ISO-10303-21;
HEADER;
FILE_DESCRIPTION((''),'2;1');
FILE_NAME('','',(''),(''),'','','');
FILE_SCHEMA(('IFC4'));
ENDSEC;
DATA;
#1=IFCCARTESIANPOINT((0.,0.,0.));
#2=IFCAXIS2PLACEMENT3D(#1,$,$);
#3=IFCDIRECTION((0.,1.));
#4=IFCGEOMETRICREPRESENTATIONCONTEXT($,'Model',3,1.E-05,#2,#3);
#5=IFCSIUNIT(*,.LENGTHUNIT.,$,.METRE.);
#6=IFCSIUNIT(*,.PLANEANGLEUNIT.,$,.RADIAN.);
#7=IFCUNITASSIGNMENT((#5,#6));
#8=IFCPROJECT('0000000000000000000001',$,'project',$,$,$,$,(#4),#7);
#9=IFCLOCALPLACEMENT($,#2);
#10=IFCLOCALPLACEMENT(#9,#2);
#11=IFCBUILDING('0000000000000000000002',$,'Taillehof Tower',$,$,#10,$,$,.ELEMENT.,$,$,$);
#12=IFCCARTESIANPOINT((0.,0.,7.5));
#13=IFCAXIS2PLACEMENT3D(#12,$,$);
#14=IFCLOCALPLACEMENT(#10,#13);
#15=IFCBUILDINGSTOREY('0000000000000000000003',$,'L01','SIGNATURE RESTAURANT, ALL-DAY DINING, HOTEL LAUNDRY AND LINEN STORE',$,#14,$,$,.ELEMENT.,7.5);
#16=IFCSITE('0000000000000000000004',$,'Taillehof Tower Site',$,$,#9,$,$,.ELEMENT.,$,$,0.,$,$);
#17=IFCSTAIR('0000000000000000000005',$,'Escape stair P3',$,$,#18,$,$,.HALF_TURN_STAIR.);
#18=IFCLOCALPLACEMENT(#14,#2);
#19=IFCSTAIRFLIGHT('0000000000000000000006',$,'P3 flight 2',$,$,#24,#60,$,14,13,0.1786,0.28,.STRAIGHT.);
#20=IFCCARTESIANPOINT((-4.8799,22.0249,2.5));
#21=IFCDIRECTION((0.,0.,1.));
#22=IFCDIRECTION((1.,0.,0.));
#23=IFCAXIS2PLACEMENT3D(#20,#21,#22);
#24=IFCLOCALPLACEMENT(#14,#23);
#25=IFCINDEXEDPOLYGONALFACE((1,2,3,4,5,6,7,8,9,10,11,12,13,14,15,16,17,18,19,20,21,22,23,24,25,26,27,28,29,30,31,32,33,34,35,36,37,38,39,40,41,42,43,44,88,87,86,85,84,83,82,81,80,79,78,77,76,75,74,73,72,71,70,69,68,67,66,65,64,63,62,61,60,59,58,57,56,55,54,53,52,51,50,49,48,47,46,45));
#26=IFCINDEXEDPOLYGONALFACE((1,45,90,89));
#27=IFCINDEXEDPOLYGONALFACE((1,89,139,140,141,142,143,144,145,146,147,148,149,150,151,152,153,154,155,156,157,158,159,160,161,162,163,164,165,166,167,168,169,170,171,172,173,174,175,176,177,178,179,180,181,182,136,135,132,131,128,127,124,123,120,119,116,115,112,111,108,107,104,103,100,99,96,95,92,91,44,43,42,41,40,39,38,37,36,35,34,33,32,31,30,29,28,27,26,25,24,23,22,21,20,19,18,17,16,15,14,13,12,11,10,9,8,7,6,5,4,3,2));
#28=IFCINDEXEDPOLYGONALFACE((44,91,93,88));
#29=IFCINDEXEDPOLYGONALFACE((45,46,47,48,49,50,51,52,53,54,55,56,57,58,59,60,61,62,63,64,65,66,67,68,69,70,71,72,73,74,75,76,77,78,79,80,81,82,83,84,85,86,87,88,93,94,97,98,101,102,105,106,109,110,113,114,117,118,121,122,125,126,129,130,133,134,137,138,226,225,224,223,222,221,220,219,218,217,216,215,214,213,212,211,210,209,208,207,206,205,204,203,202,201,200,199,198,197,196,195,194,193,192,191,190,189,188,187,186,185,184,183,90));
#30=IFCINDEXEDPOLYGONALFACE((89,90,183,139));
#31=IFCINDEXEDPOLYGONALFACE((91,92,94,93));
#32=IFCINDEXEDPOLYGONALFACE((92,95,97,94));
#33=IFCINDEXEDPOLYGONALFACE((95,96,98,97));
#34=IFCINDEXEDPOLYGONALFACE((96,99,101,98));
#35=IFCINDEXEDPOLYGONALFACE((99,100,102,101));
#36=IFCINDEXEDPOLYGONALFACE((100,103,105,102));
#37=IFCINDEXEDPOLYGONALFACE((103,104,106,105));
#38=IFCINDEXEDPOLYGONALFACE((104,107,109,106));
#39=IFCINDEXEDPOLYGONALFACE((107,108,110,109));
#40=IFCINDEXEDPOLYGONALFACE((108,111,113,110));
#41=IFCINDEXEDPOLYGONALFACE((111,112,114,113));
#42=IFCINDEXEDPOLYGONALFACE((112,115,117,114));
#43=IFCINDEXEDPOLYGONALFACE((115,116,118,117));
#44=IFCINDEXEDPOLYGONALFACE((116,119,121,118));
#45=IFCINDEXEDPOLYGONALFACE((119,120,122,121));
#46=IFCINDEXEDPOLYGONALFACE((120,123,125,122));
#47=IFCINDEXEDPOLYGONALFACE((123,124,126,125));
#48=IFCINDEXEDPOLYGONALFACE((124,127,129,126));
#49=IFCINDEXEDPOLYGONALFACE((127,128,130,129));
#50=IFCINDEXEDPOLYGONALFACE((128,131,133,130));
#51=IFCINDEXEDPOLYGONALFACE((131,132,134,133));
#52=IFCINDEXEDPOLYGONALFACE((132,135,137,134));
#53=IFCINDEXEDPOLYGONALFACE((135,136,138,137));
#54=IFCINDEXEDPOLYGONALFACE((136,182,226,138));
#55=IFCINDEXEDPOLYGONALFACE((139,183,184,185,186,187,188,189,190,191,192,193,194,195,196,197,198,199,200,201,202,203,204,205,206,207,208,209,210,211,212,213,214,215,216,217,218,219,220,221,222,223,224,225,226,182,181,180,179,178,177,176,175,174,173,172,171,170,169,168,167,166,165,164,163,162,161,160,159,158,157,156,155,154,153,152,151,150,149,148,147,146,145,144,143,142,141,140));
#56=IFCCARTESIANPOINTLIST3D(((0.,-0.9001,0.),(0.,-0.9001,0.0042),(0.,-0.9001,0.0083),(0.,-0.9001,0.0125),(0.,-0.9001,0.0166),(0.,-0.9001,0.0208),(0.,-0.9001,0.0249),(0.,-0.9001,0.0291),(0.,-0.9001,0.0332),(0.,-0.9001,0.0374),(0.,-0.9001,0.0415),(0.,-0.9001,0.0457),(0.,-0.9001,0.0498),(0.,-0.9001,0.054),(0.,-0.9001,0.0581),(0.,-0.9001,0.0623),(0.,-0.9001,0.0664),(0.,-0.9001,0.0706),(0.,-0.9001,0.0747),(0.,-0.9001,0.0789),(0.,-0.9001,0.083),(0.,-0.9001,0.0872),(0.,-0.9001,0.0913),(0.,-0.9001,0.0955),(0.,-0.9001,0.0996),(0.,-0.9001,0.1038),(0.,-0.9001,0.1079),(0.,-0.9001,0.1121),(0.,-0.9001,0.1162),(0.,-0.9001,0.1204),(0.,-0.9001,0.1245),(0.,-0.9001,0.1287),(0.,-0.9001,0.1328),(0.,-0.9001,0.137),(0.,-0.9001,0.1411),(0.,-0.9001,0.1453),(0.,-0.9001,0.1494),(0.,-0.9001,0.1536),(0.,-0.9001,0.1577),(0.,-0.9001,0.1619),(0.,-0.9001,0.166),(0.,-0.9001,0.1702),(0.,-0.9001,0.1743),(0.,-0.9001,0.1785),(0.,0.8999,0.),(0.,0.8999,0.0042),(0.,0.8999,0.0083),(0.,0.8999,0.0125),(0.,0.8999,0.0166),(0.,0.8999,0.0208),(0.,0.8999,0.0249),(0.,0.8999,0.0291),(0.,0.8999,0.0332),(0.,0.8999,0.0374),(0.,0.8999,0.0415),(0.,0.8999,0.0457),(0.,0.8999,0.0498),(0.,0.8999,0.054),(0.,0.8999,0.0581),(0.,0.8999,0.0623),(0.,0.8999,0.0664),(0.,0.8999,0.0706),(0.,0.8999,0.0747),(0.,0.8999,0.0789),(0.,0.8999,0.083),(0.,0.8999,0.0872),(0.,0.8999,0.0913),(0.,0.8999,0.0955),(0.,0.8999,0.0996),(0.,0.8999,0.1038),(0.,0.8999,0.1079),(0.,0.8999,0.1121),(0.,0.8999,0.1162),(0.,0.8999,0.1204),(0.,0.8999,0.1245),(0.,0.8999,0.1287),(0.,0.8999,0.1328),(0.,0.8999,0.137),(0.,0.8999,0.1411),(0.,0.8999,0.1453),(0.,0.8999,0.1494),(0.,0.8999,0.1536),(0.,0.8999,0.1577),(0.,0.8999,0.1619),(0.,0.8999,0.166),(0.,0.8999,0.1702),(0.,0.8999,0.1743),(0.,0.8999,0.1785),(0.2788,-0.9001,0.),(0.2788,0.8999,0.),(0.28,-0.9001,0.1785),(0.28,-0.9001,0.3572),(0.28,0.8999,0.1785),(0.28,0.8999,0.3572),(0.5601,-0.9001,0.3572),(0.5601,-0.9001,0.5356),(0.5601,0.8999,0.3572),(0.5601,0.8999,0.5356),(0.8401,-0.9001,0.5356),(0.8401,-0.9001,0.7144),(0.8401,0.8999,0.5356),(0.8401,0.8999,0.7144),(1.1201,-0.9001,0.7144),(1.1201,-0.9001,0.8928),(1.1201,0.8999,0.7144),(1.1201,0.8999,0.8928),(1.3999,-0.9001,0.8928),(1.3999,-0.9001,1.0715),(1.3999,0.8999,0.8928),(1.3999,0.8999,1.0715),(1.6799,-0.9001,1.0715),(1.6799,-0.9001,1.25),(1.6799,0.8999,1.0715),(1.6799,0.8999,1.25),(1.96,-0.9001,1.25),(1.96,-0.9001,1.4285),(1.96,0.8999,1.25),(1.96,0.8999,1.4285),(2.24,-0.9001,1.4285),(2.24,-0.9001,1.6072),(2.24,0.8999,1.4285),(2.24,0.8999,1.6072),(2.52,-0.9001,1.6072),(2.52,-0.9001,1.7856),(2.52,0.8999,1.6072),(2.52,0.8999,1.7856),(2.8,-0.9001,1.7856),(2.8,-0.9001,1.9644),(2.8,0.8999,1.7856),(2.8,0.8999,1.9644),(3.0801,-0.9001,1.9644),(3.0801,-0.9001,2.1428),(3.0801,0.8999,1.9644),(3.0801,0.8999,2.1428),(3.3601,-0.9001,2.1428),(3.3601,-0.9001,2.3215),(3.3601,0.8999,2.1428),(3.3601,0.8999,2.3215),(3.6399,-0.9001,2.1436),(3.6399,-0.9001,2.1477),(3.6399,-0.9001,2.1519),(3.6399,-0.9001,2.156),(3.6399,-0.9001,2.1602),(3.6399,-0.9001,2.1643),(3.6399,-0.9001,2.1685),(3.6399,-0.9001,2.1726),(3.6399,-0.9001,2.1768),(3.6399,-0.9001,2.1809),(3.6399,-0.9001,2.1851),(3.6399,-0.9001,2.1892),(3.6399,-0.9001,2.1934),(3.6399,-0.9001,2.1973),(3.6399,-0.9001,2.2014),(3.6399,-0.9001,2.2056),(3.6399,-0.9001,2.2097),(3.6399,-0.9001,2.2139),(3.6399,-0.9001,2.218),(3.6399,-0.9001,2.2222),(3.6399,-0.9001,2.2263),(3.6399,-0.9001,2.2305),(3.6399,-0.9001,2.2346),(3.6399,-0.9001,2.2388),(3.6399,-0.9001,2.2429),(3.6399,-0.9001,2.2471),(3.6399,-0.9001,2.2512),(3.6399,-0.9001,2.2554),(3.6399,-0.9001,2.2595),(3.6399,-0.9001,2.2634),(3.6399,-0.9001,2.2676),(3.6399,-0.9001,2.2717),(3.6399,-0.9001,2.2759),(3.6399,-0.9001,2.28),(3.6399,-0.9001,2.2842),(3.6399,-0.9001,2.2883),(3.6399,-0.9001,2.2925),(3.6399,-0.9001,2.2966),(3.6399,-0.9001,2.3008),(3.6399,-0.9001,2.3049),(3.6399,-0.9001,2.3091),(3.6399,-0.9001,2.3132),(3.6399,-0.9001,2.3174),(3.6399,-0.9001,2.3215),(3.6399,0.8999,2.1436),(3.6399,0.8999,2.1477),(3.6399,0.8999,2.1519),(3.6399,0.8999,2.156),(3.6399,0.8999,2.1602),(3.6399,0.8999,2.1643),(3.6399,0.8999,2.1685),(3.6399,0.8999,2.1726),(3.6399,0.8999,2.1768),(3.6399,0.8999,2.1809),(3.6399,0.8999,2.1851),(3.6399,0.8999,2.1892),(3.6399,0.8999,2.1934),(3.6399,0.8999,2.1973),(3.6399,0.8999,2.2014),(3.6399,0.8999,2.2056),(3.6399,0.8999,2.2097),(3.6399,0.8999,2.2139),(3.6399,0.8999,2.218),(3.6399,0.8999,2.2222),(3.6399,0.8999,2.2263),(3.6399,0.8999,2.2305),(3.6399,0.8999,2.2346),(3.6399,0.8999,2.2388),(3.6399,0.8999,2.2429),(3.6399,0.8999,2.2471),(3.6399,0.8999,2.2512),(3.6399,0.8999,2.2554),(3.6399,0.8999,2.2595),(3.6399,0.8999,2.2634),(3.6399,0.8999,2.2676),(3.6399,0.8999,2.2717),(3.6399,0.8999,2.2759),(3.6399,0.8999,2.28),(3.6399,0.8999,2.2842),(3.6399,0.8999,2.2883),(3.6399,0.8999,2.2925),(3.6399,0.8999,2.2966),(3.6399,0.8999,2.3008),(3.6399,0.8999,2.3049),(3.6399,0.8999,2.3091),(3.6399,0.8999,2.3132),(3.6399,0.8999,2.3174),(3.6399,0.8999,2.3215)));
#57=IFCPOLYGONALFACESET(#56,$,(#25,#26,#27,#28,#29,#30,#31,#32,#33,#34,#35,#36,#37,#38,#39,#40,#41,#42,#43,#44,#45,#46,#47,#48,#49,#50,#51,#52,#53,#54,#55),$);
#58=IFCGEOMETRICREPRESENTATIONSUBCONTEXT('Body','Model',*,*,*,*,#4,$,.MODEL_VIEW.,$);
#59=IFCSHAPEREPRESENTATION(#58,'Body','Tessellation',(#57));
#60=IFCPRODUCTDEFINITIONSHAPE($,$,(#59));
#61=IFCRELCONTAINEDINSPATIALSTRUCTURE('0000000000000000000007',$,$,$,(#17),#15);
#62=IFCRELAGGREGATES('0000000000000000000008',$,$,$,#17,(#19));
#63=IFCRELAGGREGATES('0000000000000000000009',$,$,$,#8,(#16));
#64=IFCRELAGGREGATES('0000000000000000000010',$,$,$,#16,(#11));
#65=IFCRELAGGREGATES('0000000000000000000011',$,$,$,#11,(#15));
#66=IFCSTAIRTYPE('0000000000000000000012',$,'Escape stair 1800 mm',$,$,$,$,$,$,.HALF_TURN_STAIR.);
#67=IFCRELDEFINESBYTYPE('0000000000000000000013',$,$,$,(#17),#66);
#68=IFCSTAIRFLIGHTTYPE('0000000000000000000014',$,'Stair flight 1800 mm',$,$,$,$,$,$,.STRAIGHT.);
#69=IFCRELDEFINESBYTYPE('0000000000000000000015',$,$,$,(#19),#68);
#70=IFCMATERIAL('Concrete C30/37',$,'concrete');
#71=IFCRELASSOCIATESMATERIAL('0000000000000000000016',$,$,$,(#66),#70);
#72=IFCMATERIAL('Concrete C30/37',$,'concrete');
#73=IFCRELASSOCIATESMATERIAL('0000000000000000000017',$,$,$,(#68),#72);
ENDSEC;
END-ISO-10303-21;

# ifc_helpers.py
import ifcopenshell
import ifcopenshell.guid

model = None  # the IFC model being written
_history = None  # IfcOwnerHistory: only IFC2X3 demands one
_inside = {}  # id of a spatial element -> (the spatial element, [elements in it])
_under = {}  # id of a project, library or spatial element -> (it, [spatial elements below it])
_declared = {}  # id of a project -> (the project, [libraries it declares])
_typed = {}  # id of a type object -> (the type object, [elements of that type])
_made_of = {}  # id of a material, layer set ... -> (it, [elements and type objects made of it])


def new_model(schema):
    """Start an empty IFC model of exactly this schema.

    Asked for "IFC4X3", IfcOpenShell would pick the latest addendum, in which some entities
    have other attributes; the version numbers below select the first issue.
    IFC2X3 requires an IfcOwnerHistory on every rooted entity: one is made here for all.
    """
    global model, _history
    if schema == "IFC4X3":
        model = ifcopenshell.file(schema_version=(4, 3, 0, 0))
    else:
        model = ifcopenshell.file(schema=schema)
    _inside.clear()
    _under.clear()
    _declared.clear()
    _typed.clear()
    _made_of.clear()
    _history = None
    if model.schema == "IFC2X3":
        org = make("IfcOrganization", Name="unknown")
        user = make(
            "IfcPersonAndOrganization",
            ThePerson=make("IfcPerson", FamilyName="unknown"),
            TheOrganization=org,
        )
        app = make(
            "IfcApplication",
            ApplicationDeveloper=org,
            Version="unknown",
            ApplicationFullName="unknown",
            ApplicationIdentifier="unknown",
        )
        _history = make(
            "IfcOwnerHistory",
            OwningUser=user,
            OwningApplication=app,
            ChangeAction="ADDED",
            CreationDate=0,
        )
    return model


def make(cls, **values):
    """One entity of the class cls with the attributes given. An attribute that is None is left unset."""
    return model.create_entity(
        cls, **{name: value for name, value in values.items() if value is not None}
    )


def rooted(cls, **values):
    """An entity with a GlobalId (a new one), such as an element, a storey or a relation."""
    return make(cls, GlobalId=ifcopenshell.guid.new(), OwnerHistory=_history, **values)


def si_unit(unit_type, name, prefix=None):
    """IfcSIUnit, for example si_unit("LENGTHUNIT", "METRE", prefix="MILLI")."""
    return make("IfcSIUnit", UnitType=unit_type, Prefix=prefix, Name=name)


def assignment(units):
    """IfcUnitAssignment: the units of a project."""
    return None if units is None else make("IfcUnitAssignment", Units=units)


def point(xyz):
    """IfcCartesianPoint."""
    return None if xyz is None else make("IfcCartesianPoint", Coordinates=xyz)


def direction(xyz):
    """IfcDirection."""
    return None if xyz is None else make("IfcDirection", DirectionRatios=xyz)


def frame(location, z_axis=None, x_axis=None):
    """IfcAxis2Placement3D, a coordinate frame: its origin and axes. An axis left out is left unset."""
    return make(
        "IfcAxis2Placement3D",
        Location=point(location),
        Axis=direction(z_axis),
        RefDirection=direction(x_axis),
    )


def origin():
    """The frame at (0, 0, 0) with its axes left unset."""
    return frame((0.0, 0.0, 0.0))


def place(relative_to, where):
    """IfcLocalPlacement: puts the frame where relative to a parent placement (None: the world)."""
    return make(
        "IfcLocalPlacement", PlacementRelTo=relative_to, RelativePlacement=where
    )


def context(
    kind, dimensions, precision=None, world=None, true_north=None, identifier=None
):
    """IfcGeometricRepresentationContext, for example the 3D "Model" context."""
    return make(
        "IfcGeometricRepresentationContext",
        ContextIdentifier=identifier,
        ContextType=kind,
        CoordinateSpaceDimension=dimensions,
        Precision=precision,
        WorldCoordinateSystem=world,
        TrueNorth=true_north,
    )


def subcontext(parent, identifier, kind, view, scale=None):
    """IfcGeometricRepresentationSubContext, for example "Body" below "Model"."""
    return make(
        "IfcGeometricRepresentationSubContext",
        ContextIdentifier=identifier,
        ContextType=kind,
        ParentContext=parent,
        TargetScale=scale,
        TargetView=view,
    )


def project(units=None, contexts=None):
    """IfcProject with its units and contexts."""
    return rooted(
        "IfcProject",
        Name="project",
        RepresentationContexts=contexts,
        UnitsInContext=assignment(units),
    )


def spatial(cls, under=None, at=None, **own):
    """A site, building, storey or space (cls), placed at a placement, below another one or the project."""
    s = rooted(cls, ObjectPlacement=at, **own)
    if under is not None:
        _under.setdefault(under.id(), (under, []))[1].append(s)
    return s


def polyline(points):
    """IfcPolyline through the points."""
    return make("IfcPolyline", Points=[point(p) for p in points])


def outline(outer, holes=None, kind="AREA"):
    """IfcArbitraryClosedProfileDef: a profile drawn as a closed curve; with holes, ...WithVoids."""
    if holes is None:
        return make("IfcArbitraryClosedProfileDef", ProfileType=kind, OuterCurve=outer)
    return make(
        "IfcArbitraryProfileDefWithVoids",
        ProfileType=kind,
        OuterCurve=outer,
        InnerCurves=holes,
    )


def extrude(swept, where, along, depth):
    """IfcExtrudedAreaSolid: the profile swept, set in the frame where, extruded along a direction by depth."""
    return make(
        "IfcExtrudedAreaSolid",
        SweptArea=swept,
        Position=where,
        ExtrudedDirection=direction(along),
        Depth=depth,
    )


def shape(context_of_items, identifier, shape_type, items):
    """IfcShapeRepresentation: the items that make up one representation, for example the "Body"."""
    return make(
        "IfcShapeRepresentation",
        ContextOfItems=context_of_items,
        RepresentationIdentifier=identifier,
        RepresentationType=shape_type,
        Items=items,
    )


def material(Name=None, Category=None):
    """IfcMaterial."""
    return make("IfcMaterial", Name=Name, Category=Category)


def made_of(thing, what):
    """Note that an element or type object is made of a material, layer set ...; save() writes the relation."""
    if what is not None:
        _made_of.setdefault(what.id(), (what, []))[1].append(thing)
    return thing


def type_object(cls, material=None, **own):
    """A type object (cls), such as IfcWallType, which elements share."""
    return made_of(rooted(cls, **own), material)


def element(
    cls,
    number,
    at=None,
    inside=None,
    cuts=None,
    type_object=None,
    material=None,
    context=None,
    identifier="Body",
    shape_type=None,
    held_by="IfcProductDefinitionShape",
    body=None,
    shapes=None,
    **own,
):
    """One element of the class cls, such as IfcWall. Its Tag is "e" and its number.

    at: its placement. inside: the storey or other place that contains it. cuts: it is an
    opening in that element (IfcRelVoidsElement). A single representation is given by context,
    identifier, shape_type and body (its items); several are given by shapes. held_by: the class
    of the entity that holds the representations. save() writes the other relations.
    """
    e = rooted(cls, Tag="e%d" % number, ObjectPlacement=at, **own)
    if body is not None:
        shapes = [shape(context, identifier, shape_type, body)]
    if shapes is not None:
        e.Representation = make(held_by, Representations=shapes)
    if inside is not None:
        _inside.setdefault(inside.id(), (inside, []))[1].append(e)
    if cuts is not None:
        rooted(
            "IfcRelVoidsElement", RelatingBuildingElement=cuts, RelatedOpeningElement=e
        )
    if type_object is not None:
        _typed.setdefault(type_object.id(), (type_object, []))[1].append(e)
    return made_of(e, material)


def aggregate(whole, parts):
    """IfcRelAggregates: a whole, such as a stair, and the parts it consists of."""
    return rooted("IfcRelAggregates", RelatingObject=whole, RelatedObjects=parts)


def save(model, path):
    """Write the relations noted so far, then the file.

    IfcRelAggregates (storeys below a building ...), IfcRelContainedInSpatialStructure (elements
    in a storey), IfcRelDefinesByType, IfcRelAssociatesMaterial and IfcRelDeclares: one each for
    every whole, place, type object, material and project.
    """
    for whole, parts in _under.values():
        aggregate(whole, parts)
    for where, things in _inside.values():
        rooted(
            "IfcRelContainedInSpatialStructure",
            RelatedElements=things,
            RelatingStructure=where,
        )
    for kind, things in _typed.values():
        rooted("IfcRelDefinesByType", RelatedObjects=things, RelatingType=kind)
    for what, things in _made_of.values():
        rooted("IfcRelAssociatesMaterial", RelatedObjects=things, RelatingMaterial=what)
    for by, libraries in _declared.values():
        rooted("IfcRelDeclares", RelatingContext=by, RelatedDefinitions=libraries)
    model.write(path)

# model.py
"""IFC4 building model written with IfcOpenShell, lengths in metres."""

from ifc_helpers import new_model, si_unit, direction, frame, origin, place, context, subcontext, project, spatial, polyline, outline, extrude, material, type_object, element, aggregate, save


model = new_model("IFC4")

# Units and contexts
model_context = context("Model", 3, precision=1e-05, world=origin(), true_north=direction((0.0, 1.0)))
body_context = subcontext(model_context, "Body", "Model", "MODEL_VIEW")
ifc_project = project(units=[si_unit("LENGTHUNIT", "METRE"), si_unit("PLANEANGLEUNIT", "RADIAN")], contexts=[model_context])

# Site, building, storey
site_placement = place(None, origin())
site = spatial("IfcSite", under=ifc_project, at=site_placement, Name="Taillehof Tower Site", CompositionType="ELEMENT", RefElevation=0.0)
building_placement = place(site_placement, origin())
building = spatial("IfcBuilding", under=site, at=building_placement, Name="Taillehof Tower", CompositionType="ELEMENT")
storey_placement = place(building_placement, frame((0.0, 0.0, 7.5)))
storey = spatial("IfcBuildingStorey", under=building, at=storey_placement, Name="L01", Description="SIGNATURE RESTAURANT, ALL-DAY DINING, HOTEL LAUNDRY AND LINEN STORE", CompositionType="ELEMENT", Elevation=7.5)

# Stair, stair flight
ifc_material_1 = material(Name="Concrete C30/37", Category="concrete")
stair_type = type_object("IfcStairType", Name="Escape stair 1800 mm", PredefinedType="HALF_TURN_STAIR", material=ifc_material_1)
stair_placement = place(storey_placement, origin())
stair = element("IfcStair", 1, at=stair_placement, inside=storey, type_object=stair_type, Name="Escape stair P3", PredefinedType="HALF_TURN_STAIR")
ifc_material_2 = material(Name="Concrete C30/37", Category="concrete")
stair_flight_type = type_object("IfcStairFlightType", Name="Stair flight 1800 mm", PredefinedType="STRAIGHT", material=ifc_material_2)
stair_flight_1_placement = place(storey_placement, frame((-4.8799, 22.0249, 2.5), z_axis=(0.0, 0.0, 1.0), x_axis=(1.0, 0.0, 0.0)))
stair_flight_1 = element("IfcStairFlight", 2, at=stair_flight_1_placement, type_object=stair_flight_type, Name="P3 flight 2", NumberOfRisers=14, NumberOfTreads=13, PredefinedType="STRAIGHT", RiserHeight=0.1786, TreadLength=0.28, context=body_context, shape_type="SweptSolid", body=[
    extrude(outline(polyline([(0.0, 0.0), (0.0, 0.0042), (0.0, 0.0083), (0.0, 0.0125), (0.0, 0.0166), (0.0, 0.0208), (0.0, 0.0249), (0.0, 0.0291), (0.0, 0.0332), (0.0, 0.0374), (0.0, 0.0415), (0.0, 0.0457), (0.0, 0.0498), (0.0, 0.054), (0.0, 0.0581), (0.0, 0.0623), (0.0, 0.0664), (0.0, 0.0706), (0.0, 0.0747), (0.0, 0.0789), (0.0, 0.083), (0.0, 0.0872), (0.0, 0.0913), (0.0, 0.0955), (0.0, 0.0996), (0.0, 0.1038), (0.0, 0.1079), (0.0, 0.1121), (0.0, 0.1162), (0.0, 0.1204), (0.0, 0.1245), (0.0, 0.1287), (0.0, 0.1328), (0.0, 0.137), (0.0, 0.1411), (0.0, 0.1453), (0.0, 0.1494), (0.0, 0.1536), (0.0, 0.1577), (0.0, 0.1619), (0.0, 0.166), (0.0, 0.1702), (0.0, 0.1743), (0.0, 0.1785), (0.28, 0.1785), (0.28, 0.3572), (0.5601, 0.3572), (0.5601, 0.5356), (0.8401, 0.5356), (0.8401, 0.7144), (1.1201, 0.7144), (1.1201, 0.8928), (1.3999, 0.8928), (1.3999, 1.0715), (1.6799, 1.0715), (1.6799, 1.25), (1.96, 1.25), (1.96, 1.4285), (2.24, 1.4285), (2.24, 1.6072), (2.52, 1.6072), (2.52, 1.7856), (2.8, 1.7856), (2.8, 1.9644), (3.0801, 1.9644), (3.0801, 2.1428), (3.3601, 2.1428), (3.3601, 2.3215), (3.6399, 2.3215), (3.6399, 2.3174), (3.6399, 2.3132), (3.6399, 2.3091), (3.6399, 2.3049), (3.6399, 2.3008), (3.6399, 2.2966), (3.6399, 2.2925), (3.6399, 2.2883), (3.6399, 2.2842), (3.6399, 2.28), (3.6399, 2.2759), (3.6399, 2.2717), (3.6399, 2.2676), (3.6399, 2.2634), (3.6399, 2.2595), (3.6399, 2.2554), (3.6399, 2.2512), (3.6399, 2.2471), (3.6399, 2.2429), (3.6399, 2.2388), (3.6399, 2.2346), (3.6399, 2.2305), (3.6399, 2.2263), (3.6399, 2.2222), (3.6399, 2.218), (3.6399, 2.2139), (3.6399, 2.2097), (3.6399, 2.2056), (3.6399, 2.2014), (3.6399, 2.1973), (3.6399, 2.1934), (3.6399, 2.1892), (3.6399, 2.1851), (3.6399, 2.1809), (3.6399, 2.1768), (3.6399, 2.1726), (3.6399, 2.1685), (3.6399, 2.1643), (3.6399, 2.1602), (3.6399, 2.156), (3.6399, 2.1519), (3.6399, 2.1477), (3.6399, 2.1436), (0.2788, 0.0), (0.0, 0.0)])), frame((0.0, 0.8999, 0.0), z_axis=(0.0, -1.0, 0.0), x_axis=(1.0, 0.0, 0.0)), (0.0, 0.0, 1.0), 1.8),
])
aggregate(stair, [stair_flight_1])

save(model, "model.ifc")
